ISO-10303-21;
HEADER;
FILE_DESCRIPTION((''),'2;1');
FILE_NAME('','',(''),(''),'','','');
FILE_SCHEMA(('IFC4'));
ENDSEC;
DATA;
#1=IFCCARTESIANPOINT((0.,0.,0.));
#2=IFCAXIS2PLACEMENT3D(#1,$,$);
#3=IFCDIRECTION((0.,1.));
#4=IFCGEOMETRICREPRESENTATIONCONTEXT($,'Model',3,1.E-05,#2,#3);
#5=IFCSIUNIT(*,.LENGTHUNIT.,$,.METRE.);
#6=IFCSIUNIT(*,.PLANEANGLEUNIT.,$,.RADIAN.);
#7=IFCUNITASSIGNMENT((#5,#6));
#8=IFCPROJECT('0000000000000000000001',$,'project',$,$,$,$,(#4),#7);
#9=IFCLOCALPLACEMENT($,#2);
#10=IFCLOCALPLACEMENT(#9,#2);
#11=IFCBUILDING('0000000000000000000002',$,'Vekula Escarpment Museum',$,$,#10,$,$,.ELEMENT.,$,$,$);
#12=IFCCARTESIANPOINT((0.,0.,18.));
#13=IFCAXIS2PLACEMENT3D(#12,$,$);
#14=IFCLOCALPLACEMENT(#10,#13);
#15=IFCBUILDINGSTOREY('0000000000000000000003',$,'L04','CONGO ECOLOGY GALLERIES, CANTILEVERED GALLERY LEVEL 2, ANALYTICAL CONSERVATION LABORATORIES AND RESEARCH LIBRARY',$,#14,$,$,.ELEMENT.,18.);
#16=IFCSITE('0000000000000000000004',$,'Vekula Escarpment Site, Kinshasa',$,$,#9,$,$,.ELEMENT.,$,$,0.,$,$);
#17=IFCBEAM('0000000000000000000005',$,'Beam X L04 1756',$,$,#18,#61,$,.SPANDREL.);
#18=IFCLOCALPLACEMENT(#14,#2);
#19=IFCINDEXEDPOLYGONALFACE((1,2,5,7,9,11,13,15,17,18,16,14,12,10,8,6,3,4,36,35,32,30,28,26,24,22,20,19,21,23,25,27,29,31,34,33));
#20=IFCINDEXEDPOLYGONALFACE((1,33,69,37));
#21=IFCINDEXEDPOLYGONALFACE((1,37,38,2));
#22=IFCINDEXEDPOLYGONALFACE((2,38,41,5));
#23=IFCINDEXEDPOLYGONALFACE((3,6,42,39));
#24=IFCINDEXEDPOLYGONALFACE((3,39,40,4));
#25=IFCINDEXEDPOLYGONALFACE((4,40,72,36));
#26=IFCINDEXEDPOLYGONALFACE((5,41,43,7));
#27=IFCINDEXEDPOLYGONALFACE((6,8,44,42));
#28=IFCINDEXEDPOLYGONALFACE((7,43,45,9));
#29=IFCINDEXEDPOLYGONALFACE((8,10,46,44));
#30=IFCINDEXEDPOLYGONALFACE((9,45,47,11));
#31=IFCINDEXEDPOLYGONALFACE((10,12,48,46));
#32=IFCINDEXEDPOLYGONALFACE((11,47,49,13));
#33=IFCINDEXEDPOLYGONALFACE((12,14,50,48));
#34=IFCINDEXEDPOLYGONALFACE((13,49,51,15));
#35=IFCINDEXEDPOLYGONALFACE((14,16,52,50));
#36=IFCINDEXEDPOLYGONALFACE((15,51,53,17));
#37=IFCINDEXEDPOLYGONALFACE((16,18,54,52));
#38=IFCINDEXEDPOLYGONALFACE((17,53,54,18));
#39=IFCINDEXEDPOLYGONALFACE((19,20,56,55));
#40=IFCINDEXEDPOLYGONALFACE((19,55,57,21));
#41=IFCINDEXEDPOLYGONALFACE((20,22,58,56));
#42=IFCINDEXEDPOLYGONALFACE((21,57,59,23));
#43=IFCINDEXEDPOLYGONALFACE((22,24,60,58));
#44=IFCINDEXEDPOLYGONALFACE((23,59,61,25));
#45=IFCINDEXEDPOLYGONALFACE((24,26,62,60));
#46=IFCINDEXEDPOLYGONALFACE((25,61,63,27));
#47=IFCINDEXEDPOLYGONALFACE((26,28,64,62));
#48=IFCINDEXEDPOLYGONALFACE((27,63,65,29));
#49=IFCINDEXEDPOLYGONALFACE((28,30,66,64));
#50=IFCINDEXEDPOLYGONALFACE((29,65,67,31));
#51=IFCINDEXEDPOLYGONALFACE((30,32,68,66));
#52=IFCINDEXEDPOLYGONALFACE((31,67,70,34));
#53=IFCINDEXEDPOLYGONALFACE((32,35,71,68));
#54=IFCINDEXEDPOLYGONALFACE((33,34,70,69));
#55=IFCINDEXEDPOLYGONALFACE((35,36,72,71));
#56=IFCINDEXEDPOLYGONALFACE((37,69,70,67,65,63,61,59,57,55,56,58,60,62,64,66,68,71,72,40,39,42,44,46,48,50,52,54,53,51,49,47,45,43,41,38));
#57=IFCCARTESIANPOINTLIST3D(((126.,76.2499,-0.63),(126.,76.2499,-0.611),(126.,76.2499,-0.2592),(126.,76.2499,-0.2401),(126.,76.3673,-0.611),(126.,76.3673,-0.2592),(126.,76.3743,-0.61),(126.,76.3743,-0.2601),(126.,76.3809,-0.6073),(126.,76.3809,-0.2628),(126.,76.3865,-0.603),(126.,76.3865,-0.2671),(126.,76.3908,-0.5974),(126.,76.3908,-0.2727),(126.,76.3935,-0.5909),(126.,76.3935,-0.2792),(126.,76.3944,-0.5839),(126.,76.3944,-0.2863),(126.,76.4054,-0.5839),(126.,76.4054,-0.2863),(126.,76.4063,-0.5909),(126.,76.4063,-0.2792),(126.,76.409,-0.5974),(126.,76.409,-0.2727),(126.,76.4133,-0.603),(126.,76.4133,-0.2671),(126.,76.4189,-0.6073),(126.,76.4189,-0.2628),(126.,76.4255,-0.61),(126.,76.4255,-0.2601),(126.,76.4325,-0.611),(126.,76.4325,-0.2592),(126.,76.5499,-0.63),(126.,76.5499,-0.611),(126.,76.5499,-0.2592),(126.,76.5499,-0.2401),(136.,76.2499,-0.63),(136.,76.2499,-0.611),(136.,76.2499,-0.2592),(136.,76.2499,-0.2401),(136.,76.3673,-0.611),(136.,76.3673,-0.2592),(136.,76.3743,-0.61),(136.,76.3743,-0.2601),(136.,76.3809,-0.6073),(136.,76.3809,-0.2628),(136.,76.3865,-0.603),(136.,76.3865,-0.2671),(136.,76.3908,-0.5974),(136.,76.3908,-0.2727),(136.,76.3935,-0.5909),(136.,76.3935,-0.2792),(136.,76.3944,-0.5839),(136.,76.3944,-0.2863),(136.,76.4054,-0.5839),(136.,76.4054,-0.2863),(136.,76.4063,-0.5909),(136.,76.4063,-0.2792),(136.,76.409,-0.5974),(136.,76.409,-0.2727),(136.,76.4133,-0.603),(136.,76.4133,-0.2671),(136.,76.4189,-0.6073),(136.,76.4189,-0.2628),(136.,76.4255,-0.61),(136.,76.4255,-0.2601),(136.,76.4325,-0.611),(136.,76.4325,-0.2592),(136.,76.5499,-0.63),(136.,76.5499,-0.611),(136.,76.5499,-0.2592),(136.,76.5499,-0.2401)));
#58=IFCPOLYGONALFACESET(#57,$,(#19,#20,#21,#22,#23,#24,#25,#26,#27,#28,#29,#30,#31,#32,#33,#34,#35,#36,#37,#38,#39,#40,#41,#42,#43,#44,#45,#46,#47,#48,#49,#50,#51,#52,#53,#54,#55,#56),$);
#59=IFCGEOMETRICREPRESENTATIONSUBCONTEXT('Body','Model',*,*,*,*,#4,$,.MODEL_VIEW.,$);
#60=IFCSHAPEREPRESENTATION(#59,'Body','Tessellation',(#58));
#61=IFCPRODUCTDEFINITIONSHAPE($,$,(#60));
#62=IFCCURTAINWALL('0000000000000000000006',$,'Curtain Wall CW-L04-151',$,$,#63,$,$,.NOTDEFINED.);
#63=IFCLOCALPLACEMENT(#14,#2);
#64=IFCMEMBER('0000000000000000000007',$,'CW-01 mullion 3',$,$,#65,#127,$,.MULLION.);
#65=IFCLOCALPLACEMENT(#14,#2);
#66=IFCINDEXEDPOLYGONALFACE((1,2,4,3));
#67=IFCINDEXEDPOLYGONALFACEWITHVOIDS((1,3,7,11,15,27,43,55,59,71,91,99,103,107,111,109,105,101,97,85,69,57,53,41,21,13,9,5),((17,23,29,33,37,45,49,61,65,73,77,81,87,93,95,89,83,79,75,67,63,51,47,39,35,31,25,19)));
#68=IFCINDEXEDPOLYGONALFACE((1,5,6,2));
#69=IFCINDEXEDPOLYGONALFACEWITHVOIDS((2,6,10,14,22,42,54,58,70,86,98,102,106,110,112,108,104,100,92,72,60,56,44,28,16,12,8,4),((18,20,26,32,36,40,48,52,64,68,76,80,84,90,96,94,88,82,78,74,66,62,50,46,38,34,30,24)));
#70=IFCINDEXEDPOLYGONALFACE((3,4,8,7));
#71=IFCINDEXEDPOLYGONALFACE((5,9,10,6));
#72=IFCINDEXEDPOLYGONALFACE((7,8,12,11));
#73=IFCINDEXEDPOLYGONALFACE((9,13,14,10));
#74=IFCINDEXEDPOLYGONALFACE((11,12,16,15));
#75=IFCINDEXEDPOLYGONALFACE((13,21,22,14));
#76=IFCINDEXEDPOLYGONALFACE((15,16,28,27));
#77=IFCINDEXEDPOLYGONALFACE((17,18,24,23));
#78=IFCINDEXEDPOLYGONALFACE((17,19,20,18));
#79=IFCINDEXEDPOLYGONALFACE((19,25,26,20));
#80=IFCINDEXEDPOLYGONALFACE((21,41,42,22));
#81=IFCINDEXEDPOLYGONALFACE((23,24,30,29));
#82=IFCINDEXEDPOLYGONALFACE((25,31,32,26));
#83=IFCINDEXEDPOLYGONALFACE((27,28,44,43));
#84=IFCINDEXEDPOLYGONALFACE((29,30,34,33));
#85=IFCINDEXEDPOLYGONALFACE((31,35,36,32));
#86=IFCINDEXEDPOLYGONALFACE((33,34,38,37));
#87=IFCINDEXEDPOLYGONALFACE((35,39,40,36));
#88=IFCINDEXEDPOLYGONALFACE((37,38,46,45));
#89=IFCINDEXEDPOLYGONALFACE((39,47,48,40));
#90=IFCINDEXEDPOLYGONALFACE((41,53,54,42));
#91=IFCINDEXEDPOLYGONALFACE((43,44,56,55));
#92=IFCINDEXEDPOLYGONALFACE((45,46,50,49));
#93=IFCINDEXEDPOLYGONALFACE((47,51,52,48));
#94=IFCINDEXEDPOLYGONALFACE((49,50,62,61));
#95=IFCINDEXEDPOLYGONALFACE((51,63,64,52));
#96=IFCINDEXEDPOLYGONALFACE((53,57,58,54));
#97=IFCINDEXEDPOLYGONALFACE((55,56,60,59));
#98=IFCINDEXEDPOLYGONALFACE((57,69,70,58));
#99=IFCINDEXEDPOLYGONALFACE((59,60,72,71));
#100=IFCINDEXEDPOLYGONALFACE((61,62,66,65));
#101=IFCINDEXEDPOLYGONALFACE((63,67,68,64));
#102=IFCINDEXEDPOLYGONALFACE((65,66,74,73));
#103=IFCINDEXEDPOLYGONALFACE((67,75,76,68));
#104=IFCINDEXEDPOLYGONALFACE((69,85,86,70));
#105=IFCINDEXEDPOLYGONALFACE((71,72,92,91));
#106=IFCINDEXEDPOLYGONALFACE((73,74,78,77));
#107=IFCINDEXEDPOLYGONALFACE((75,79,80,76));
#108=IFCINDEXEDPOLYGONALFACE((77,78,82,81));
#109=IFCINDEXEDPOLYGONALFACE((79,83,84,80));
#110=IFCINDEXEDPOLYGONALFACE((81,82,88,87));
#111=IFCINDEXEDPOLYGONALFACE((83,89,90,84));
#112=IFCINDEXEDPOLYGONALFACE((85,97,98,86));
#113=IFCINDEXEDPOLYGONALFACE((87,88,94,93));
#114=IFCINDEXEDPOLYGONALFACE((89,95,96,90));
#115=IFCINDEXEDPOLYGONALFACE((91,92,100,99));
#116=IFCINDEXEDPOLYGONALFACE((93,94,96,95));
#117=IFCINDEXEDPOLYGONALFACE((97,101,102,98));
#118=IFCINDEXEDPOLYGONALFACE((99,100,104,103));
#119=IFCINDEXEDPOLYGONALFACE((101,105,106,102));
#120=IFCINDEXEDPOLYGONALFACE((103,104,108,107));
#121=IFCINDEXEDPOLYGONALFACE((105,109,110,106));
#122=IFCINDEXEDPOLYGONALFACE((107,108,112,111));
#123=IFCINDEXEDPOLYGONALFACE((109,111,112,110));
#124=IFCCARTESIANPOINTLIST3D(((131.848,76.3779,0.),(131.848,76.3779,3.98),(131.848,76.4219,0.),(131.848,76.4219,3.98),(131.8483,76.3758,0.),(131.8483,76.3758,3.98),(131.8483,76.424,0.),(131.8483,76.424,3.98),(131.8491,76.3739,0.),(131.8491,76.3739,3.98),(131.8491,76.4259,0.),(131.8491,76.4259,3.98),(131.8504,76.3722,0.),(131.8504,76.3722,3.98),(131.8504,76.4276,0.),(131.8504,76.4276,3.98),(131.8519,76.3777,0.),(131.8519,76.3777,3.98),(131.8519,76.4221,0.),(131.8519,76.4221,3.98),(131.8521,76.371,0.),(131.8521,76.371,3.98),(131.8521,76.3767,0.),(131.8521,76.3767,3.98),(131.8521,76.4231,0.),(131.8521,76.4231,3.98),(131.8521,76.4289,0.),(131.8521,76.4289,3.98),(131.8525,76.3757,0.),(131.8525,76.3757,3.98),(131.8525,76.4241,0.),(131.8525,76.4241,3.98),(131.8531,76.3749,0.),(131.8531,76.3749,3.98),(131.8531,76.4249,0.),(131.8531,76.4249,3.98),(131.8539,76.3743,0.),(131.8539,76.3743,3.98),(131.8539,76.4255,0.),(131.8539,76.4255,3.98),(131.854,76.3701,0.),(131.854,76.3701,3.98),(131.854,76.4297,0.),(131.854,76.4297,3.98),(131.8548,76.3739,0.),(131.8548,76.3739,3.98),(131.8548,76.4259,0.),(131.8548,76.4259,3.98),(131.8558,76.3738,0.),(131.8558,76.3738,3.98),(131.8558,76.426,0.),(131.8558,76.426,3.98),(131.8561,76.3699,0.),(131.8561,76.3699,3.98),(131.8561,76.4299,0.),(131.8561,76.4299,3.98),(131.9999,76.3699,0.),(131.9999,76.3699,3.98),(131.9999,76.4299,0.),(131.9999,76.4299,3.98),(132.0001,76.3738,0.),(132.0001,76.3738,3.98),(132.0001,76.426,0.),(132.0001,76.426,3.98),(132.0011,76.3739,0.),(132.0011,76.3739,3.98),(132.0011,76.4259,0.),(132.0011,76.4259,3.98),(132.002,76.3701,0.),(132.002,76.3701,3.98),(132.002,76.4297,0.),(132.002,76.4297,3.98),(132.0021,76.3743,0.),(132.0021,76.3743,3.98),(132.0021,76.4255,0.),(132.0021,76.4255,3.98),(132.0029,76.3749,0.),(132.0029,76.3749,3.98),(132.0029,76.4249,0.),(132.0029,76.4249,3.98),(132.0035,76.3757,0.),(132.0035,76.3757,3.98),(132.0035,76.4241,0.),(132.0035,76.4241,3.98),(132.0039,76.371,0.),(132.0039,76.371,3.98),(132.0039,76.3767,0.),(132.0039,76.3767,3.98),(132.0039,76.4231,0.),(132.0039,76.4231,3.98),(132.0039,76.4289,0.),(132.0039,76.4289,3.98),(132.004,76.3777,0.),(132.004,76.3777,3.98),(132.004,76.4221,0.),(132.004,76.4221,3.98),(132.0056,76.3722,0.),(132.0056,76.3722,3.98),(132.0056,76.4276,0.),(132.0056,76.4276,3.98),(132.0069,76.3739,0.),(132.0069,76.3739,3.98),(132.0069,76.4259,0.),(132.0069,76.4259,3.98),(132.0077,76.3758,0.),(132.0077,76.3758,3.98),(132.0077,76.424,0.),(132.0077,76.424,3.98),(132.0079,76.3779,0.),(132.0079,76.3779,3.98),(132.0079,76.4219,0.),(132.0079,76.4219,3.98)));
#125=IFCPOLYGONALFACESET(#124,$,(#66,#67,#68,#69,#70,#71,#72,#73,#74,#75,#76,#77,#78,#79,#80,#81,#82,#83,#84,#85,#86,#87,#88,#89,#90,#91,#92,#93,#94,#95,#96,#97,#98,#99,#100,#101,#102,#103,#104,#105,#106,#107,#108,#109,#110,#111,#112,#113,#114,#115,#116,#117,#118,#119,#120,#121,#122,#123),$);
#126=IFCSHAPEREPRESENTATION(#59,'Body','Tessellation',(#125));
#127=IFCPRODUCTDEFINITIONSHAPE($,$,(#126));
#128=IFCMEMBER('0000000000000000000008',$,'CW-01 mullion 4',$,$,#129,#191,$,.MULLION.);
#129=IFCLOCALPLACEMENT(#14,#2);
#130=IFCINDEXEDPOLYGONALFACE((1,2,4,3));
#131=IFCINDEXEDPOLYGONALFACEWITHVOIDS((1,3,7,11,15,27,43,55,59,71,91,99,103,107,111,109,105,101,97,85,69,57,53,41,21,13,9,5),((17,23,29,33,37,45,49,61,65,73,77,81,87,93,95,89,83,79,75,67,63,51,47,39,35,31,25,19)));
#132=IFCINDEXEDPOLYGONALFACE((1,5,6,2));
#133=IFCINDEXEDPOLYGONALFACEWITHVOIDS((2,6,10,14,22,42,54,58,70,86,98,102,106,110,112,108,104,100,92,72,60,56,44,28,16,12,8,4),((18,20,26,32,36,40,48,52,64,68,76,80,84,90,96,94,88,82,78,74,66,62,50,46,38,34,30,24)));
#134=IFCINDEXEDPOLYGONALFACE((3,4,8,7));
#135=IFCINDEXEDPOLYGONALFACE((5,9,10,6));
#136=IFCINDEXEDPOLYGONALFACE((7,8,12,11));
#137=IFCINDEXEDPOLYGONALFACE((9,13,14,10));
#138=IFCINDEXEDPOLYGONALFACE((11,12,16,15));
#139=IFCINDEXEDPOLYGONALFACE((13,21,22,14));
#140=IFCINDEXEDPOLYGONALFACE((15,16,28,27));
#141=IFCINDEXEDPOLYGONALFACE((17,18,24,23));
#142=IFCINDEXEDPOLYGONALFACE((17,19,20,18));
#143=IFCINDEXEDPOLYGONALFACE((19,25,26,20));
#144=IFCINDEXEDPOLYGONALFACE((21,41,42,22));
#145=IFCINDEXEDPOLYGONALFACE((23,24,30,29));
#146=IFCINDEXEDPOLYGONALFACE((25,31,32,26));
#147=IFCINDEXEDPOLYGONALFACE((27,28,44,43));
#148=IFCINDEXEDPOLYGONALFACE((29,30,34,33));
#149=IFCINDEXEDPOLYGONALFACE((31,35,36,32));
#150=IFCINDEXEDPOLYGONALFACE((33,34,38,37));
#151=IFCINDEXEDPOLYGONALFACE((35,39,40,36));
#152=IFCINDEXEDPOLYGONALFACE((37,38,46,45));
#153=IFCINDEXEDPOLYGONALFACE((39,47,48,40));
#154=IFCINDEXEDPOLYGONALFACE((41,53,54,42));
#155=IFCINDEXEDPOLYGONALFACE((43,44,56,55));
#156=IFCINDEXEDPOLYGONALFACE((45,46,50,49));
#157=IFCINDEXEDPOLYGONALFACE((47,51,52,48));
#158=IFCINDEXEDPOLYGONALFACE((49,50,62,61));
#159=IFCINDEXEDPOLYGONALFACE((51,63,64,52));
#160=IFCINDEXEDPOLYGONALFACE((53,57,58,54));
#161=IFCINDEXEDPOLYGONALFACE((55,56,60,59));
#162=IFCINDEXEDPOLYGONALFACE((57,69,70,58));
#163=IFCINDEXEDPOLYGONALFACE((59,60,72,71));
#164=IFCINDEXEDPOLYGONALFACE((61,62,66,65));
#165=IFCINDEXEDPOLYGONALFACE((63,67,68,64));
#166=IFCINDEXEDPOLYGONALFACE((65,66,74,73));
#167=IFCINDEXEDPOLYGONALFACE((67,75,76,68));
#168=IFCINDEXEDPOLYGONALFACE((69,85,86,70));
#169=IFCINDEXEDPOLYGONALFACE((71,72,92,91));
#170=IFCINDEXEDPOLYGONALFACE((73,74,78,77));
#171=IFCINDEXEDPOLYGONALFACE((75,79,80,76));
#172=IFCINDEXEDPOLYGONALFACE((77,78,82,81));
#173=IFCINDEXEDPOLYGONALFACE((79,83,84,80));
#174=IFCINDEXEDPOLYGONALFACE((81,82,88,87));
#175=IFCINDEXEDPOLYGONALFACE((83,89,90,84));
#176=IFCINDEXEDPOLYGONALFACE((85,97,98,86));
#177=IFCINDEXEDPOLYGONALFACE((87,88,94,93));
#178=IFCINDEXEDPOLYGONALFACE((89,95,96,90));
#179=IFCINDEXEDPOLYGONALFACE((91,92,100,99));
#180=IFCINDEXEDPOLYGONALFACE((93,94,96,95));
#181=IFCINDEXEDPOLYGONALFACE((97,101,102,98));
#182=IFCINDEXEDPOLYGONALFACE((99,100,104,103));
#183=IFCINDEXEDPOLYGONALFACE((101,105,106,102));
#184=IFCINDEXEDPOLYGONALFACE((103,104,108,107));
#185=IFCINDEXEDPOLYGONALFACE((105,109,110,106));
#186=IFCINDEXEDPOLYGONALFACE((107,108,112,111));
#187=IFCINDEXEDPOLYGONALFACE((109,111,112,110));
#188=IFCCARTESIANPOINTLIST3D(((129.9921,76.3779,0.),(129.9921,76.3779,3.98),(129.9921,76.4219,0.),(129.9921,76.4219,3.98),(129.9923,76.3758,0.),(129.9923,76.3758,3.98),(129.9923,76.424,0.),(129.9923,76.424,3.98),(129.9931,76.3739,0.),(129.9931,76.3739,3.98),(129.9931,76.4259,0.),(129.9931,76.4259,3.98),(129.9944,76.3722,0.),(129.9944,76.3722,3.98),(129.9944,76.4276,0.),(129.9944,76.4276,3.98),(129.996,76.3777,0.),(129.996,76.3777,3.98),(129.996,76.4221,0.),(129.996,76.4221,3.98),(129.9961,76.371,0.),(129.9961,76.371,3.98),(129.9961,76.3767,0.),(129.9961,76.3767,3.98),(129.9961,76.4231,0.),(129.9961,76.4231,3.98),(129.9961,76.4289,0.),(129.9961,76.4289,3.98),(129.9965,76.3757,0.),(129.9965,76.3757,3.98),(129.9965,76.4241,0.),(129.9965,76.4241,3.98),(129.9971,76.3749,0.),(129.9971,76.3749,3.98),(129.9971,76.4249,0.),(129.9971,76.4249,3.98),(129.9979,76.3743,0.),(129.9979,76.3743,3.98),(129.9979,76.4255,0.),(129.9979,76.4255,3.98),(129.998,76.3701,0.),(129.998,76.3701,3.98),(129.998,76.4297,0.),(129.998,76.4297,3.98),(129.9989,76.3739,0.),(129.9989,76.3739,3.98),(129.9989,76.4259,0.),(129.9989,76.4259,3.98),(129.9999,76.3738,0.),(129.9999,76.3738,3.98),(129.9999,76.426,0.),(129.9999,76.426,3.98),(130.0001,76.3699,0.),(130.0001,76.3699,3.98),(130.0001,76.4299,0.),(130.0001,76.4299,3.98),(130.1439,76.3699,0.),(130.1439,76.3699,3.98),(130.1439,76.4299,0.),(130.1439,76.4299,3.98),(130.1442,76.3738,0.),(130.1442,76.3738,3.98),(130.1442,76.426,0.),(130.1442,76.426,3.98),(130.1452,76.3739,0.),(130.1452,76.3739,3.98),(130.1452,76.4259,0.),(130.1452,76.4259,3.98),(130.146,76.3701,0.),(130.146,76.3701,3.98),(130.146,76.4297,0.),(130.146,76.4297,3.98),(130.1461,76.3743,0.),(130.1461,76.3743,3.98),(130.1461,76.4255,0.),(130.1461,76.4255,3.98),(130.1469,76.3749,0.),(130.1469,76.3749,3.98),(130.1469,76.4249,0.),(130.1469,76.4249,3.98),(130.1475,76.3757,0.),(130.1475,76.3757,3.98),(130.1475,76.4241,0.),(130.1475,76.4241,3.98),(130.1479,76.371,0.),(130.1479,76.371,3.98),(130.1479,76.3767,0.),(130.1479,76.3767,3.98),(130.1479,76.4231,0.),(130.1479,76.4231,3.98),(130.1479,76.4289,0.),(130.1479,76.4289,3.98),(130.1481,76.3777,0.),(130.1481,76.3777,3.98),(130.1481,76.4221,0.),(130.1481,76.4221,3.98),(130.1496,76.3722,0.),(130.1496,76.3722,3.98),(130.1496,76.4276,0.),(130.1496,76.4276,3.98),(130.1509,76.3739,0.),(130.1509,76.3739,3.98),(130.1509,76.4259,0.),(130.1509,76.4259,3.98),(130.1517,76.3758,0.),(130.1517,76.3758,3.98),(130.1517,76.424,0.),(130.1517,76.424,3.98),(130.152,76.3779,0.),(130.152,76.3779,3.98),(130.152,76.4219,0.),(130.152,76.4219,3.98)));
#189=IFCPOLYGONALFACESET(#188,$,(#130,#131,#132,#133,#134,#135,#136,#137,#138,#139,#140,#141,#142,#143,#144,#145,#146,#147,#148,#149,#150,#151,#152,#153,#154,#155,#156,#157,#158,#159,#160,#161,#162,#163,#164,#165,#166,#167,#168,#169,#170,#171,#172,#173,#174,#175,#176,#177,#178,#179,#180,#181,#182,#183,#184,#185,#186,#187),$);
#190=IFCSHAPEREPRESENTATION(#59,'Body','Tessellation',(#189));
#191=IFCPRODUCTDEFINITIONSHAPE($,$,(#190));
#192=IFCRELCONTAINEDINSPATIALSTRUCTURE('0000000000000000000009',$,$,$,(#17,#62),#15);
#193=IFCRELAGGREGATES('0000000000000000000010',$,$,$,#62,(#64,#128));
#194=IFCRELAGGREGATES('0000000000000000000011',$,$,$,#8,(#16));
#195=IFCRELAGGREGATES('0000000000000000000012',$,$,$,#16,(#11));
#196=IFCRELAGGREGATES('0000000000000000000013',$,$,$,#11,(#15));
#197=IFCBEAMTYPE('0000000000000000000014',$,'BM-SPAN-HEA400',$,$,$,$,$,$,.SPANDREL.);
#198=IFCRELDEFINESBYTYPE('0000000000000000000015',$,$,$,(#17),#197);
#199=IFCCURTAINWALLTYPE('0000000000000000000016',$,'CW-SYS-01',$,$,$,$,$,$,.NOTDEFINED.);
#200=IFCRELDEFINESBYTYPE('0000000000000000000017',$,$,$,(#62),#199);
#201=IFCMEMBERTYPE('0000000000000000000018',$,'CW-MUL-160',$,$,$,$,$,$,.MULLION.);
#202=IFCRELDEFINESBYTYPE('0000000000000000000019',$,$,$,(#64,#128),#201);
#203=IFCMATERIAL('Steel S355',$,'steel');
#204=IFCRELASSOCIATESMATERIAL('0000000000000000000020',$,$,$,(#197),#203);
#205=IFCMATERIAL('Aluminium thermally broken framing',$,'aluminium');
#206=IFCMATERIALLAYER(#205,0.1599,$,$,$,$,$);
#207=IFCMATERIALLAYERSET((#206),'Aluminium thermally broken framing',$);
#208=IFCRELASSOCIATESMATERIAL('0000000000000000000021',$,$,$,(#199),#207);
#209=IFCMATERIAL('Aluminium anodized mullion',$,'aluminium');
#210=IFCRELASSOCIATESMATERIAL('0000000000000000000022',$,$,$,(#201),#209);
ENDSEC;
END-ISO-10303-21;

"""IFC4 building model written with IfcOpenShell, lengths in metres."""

from ifc_helpers import new_model, si_unit, direction, frame, origin, origin_2d, place, context, subcontext, project, spatial, hollow_rectangle, i_section, extrude, material, layer, layer_set, material_profile, profile_set, type_object, element, aggregate, save


model = new_model("IFC4")

# Units and contexts
model_context = context("Model", 3, precision=1e-05, world=origin(), true_north=direction((0.0, 1.0)))
body_context = subcontext(model_context, "Body", "Model", "MODEL_VIEW")
ifc_project = project(units=[si_unit("LENGTHUNIT", "METRE"), si_unit("PLANEANGLEUNIT", "RADIAN")], contexts=[model_context])

# Site, building, storey
site_placement = place(None, origin())
site = spatial("IfcSite", under=ifc_project, at=site_placement, Name="Vekula Escarpment Site, Kinshasa", CompositionType="ELEMENT", RefElevation=0.0)
building_placement = place(site_placement, origin())
building = spatial("IfcBuilding", under=site, at=building_placement, Name="Vekula Escarpment Museum", CompositionType="ELEMENT")
storey_placement = place(building_placement, frame((0.0, 0.0, 18.0)))
storey = spatial("IfcBuildingStorey", under=building, at=storey_placement, Name="L04", Description="CONGO ECOLOGY GALLERIES, CANTILEVERED GALLERY LEVEL 2, ANALYTICAL CONSERVATION LABORATORIES AND RESEARCH LIBRARY", CompositionType="ELEMENT", Elevation=18.0)

# Beam
ifc_material_1 = material(Name="Steel S355", Category="steel")
ifc_material_profile_1 = material_profile(ifc_material_1, i_section(OverallWidth=0.3, OverallDepth=0.3899, WebThickness=0.011, FlangeThickness=0.019, FilletRadius=0.0271, at=origin_2d()), Name="HEA 400")
ifc_profile_set_1 = profile_set([ifc_material_profile_1], Name="Steel S355")
beam_type_1 = type_object("IfcBeamType", Name="BM-SPAN-HEA400", PredefinedType="SPANDREL", material=ifc_profile_set_1)
beam_1_placement = place(storey_placement, frame((126.0, 76.3999, -0.4351), z_axis=(1.0, 0.0, 0.0), x_axis=(0.0, 1.0, 0.0)))
element("IfcBeam", 1, at=beam_1_placement, inside=storey, type_object=beam_type_1, Name="Beam X L04 1756", PredefinedType="SPANDREL", context=body_context, shape_type="SweptSolid", body=[
    extrude(i_section(OverallWidth=0.3, OverallDepth=0.3899, WebThickness=0.011, FlangeThickness=0.019, FilletRadius=0.0271, at=origin_2d()), origin(), (0.0, 0.0, 1.0), 10.0),
])

# Curtain wall, members
ifc_material_2 = material(Name="Aluminium thermally broken framing", Category="aluminium")
ifc_layer_1 = layer(ifc_material_2, 0.1599)
ifc_layer_set_1 = layer_set([ifc_layer_1], Name="Aluminium thermally broken framing")
curtain_wall_type = type_object("IfcCurtainWallType", Name="CW-SYS-01", PredefinedType="NOTDEFINED", material=ifc_layer_set_1)
curtain_wall_placement = place(storey_placement, origin())
curtain_wall = element("IfcCurtainWall", 2, at=curtain_wall_placement, inside=storey, type_object=curtain_wall_type, Name="Curtain Wall CW-L04-151", PredefinedType="NOTDEFINED")
ifc_material_3 = material(Name="Aluminium anodized mullion", Category="aluminium")
ifc_material_profile_2 = material_profile(ifc_material_3, hollow_rectangle(XDim=0.0601, YDim=0.1599, WallThickness=0.0039, InnerFilletRadius=0.0039, OuterFilletRadius=0.0081, at=origin_2d()), Name="ALU 160x60x4")
ifc_profile_set_2 = profile_set([ifc_material_profile_2], Name="Aluminium anodized mullion")
member_type_1 = type_object("IfcMemberType", Name="CW-MUL-160", PredefinedType="MULLION", material=ifc_profile_set_2)
member_1_placement = place(storey_placement, frame((131.928, 76.3999, 0.0), z_axis=(0.0, 0.0, 1.0), x_axis=(0.0, -1.0, 0.0)))
member_1 = element("IfcMember", 3, at=member_1_placement, type_object=member_type_1, Name="CW-01 mullion 3", PredefinedType="MULLION", context=body_context, shape_type="SweptSolid", body=[
    extrude(hollow_rectangle(XDim=0.0601, YDim=0.1599, WallThickness=0.0039, InnerFilletRadius=0.0039, OuterFilletRadius=0.0081, at=origin_2d()), origin(), (0.0, 0.0, 1.0), 3.98),
])
member_2_placement = place(storey_placement, frame((130.072, 76.3999, 0.0), z_axis=(0.0, 0.0, 1.0), x_axis=(0.0, -1.0, 0.0)))
member_2 = element("IfcMember", 4, at=member_2_placement, type_object=member_type_1, Name="CW-01 mullion 4", PredefinedType="MULLION", context=body_context, shape_type="SweptSolid", body=[
    extrude(hollow_rectangle(XDim=0.0601, YDim=0.1599, WallThickness=0.0039, InnerFilletRadius=0.0039, OuterFilletRadius=0.0081, at=origin_2d()), origin(), (0.0, 0.0, 1.0), 3.98),
])
aggregate(curtain_wall, [member_1, member_2])

save(model, "model.ifc")
